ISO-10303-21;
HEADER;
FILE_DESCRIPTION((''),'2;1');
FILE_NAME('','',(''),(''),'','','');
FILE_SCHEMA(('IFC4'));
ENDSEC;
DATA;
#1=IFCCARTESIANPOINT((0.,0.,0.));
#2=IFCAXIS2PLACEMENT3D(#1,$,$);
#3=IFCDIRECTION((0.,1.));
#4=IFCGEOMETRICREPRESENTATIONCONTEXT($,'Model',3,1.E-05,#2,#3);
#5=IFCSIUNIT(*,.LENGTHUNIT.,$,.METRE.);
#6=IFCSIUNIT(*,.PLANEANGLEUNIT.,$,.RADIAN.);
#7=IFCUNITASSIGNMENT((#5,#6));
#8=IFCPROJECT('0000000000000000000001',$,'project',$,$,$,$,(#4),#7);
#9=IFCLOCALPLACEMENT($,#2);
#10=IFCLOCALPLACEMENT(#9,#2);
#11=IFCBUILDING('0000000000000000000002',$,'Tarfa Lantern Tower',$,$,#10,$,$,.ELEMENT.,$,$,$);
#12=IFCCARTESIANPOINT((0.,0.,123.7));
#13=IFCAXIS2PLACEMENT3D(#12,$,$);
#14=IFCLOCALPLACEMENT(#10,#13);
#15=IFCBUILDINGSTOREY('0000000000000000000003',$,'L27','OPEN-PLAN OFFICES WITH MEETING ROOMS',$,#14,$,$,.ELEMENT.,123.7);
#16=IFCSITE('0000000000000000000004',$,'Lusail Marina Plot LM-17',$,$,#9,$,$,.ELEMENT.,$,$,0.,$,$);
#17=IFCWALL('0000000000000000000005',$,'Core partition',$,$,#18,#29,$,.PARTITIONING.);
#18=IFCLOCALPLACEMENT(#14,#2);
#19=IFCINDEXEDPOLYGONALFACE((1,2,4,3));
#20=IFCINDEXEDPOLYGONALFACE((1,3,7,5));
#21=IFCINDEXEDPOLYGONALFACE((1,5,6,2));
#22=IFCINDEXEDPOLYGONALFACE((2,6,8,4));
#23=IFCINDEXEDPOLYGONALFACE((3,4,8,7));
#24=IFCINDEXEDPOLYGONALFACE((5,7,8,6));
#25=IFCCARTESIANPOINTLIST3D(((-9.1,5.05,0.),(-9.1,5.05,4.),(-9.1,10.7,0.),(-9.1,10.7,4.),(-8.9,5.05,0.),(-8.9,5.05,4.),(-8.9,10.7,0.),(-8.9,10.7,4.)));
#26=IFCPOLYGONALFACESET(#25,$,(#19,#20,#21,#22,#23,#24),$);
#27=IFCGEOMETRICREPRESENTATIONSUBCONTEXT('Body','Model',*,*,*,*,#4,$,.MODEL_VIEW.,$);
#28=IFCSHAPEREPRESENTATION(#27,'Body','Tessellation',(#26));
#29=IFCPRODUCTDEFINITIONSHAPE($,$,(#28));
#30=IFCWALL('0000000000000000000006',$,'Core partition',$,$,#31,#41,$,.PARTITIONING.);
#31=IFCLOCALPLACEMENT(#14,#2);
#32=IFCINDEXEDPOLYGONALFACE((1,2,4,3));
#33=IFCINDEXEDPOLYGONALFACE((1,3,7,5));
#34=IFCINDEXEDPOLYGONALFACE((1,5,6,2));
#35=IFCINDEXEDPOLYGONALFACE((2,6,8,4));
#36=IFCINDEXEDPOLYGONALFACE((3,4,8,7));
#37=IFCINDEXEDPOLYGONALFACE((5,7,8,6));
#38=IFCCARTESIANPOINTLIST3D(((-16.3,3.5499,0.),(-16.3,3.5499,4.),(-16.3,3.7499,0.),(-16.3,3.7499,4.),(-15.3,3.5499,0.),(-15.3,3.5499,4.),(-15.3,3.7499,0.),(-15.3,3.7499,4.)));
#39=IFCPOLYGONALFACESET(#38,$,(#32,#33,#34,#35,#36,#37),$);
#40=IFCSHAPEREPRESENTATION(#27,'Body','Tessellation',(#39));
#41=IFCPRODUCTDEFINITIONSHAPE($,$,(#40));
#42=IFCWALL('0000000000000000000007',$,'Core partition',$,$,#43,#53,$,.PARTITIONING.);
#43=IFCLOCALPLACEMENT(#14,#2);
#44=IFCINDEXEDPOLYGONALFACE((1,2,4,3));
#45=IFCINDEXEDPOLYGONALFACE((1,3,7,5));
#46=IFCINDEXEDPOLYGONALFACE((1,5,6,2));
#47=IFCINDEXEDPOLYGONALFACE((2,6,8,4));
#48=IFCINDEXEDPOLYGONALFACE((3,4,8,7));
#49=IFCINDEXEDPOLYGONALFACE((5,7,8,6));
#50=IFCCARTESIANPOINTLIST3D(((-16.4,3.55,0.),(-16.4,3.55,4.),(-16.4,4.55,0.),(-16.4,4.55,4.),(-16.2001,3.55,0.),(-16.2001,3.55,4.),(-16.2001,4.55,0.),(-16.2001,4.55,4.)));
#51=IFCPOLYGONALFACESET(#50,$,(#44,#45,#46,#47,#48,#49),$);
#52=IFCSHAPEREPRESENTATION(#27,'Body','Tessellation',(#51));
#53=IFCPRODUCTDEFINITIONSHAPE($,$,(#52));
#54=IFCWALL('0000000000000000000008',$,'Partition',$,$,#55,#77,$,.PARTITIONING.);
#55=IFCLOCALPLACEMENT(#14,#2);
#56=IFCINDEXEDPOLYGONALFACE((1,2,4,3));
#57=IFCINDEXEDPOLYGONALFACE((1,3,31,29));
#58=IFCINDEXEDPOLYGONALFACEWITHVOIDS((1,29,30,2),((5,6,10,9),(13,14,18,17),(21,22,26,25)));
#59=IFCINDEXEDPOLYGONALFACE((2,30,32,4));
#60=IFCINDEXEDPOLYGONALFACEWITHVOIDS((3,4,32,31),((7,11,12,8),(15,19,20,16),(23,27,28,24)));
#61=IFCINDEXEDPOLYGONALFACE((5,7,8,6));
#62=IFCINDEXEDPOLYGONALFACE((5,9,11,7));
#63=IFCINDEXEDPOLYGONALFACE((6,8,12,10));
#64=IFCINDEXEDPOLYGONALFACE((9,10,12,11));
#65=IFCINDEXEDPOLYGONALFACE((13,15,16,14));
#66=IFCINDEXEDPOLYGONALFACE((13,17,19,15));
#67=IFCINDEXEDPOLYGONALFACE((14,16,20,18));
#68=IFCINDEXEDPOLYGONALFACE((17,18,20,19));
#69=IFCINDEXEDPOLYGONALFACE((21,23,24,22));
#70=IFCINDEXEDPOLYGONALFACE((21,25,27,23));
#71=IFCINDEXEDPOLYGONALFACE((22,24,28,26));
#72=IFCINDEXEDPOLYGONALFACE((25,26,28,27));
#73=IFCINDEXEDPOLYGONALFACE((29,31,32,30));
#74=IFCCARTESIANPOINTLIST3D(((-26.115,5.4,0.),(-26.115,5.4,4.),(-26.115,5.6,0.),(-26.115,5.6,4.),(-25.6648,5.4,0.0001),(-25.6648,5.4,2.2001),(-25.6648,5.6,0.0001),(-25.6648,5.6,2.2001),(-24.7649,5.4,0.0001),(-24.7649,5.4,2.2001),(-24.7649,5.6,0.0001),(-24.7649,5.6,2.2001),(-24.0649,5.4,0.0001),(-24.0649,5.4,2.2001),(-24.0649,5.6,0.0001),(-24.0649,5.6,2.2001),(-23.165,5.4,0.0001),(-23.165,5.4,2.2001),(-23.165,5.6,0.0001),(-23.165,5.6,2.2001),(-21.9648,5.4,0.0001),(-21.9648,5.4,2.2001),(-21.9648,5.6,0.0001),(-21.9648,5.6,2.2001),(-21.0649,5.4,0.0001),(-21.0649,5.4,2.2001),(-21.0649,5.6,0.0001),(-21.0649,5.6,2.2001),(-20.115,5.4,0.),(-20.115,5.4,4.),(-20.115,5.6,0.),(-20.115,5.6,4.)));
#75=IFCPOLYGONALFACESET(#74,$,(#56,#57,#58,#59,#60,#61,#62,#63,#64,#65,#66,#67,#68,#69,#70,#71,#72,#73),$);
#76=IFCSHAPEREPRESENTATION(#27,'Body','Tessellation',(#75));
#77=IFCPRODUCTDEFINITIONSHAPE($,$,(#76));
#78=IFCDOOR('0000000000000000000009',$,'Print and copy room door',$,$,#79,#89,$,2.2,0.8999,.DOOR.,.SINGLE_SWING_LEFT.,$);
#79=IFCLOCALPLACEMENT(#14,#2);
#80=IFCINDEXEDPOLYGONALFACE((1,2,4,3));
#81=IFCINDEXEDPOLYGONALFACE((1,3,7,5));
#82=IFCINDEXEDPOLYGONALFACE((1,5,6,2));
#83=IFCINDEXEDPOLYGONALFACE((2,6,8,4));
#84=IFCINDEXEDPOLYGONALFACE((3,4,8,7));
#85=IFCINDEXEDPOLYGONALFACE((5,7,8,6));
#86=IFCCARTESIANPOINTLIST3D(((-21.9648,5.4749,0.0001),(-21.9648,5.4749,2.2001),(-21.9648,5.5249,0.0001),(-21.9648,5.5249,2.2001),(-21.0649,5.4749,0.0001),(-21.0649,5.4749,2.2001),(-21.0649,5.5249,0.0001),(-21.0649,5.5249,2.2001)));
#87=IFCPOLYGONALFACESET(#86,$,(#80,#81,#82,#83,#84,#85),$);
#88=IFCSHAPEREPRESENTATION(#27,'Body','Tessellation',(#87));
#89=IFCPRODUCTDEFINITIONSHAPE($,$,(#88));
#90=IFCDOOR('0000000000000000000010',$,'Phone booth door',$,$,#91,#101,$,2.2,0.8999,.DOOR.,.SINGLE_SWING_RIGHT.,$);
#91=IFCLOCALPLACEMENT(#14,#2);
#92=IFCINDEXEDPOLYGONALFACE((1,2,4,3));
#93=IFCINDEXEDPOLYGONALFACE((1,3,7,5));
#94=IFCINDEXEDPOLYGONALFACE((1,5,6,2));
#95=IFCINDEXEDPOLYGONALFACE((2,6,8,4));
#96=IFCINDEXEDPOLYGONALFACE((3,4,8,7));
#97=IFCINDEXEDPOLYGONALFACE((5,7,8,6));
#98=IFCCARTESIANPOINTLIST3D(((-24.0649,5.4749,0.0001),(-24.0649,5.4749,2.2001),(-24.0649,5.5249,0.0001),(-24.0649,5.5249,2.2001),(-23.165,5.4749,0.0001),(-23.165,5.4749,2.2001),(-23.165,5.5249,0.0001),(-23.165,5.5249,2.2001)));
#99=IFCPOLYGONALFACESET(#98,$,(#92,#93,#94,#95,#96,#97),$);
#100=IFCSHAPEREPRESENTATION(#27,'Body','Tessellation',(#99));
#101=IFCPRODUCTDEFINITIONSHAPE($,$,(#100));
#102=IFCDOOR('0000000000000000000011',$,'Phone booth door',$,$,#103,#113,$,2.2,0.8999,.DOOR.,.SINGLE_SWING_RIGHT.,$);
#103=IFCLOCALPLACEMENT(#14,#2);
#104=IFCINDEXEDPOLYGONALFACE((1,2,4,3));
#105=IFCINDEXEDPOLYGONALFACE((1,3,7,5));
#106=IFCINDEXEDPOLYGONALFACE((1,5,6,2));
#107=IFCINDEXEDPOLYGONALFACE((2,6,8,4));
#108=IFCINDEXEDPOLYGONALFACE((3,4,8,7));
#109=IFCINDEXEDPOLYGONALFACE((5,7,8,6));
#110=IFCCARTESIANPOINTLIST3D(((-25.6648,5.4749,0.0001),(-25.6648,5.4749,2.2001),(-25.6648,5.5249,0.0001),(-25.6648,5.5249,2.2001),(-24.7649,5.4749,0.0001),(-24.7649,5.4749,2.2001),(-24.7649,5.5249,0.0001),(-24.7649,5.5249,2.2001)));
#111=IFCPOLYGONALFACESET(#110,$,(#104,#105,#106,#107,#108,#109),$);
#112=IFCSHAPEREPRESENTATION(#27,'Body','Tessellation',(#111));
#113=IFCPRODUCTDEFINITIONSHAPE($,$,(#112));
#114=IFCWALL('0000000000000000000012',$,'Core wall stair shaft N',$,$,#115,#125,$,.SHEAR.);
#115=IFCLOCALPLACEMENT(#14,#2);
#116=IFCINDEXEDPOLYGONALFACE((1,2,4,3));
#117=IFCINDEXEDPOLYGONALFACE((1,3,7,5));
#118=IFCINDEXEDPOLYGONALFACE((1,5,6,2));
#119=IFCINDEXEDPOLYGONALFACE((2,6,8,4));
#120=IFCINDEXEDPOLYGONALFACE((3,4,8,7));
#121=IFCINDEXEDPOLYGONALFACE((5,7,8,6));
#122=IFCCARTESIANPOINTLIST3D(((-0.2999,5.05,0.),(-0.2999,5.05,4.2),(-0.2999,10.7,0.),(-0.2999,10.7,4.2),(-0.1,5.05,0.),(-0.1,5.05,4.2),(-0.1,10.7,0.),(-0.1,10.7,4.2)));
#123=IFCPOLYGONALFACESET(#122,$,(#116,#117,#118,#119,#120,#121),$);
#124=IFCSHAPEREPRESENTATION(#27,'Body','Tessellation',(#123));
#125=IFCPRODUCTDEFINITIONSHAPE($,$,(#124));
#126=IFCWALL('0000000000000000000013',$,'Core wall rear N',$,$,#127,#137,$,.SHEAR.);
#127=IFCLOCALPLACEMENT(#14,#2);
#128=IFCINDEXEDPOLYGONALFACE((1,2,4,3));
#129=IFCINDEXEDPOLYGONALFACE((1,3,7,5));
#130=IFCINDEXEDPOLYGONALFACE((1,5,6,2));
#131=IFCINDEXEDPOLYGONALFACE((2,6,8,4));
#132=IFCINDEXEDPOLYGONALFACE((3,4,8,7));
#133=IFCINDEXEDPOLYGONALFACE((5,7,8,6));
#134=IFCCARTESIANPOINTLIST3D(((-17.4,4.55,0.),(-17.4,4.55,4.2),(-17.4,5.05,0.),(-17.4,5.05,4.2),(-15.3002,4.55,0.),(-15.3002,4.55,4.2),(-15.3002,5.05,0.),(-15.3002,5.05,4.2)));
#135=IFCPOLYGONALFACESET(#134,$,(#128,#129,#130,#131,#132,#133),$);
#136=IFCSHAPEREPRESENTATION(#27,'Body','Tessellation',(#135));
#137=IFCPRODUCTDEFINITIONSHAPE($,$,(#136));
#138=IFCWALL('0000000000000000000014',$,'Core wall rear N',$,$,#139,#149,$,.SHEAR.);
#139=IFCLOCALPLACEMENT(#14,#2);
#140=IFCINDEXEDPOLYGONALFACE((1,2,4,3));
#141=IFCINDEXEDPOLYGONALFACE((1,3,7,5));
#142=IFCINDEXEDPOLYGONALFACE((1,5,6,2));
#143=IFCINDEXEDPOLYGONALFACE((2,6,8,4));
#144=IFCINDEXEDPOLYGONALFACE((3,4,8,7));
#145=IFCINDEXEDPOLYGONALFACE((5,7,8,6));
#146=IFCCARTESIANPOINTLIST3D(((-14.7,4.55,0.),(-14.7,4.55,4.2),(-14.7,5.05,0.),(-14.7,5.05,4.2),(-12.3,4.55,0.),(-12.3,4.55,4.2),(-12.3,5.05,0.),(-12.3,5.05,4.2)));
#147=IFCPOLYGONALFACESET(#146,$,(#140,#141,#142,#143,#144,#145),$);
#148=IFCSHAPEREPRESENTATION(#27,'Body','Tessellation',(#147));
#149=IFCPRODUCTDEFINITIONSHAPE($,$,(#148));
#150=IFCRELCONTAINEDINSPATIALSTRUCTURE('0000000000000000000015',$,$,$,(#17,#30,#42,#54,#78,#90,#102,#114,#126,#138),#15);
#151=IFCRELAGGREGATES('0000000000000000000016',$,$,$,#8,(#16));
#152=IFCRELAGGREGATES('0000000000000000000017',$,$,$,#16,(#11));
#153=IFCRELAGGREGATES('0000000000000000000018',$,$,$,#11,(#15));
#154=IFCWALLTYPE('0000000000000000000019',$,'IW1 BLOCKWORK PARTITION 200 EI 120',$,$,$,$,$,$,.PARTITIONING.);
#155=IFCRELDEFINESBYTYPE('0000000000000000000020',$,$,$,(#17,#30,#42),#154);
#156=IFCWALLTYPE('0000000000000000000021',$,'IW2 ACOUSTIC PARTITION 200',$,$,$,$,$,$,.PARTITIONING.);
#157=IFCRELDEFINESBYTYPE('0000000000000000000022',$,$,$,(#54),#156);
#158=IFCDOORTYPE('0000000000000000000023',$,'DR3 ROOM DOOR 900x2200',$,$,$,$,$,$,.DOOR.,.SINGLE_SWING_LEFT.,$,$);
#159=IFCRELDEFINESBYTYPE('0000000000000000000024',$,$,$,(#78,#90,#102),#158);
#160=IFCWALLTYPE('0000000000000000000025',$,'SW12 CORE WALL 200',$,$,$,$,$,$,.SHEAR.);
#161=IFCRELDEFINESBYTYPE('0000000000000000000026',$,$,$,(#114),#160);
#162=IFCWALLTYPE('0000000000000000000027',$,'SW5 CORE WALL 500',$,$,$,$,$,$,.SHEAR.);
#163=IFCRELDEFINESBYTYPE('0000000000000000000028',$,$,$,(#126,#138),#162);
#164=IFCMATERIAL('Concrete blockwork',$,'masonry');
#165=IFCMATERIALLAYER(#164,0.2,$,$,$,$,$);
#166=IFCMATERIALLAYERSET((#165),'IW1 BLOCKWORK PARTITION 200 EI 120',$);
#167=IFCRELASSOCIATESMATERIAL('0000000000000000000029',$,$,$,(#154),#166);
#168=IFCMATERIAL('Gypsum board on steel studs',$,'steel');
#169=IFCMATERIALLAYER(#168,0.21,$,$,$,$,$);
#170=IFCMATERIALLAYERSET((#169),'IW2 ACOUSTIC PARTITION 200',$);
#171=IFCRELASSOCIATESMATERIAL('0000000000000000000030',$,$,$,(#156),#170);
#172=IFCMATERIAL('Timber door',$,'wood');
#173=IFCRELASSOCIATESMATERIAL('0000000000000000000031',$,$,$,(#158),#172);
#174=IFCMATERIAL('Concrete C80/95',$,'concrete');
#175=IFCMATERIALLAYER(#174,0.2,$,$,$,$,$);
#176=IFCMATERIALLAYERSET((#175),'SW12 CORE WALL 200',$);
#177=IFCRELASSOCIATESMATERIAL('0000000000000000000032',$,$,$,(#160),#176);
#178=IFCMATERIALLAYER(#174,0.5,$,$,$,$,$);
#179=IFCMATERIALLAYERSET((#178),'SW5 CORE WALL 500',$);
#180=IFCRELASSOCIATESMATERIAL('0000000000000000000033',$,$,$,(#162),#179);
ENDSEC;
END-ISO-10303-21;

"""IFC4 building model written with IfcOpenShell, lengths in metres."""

from ifc_helpers import new_model, si_unit, direction, frame, frame_2d, origin, place, context, subcontext, project, spatial, rectangle, extrude, material, layer, layer_set, type_object, element, fill, save


model = new_model("IFC4")

# Units and contexts
model_context = context("Model", 3, precision=1e-05, world=origin(), true_north=direction((0.0, 1.0)))
body_context = subcontext(model_context, "Body", "Model", "MODEL_VIEW")
ifc_project = project(units=[si_unit("LENGTHUNIT", "METRE"), si_unit("PLANEANGLEUNIT", "RADIAN")], contexts=[model_context])

# Site, building, storey
site_placement = place(None, origin())
site = spatial("IfcSite", under=ifc_project, at=site_placement, Name="Lusail Marina Plot LM-17", CompositionType="ELEMENT", RefElevation=0.0)
building_placement = place(site_placement, origin())
building = spatial("IfcBuilding", under=site, at=building_placement, Name="Tarfa Lantern Tower", CompositionType="ELEMENT")
storey_placement = place(building_placement, frame((0.0, 0.0, 123.7)))
storey = spatial("IfcBuildingStorey", under=building, at=storey_placement, Name="L27", Description="OPEN-PLAN OFFICES WITH MEETING ROOMS", CompositionType="ELEMENT", Elevation=123.7)

# Walls
ifc_material_1 = material(Name="Concrete blockwork", Category="masonry")
ifc_layer_1 = layer(ifc_material_1, 0.2)
ifc_layer_set_1 = layer_set([ifc_layer_1], Name="IW1 BLOCKWORK PARTITION 200 EI 120")
wall_type_1 = type_object("IfcWallType", Name="IW1 BLOCKWORK PARTITION 200 EI 120", PredefinedType="PARTITIONING", material=ifc_layer_set_1)
wall_1_placement = place(storey_placement, frame((-9.0, 5.05, 0.0), z_axis=(0.0, 0.0, 1.0), x_axis=(0.0, 1.0, 0.0)))
element("IfcWall", 1, at=wall_1_placement, inside=storey, type_object=wall_type_1, Name="Core partition", PredefinedType="PARTITIONING", context=body_context, shape_type="SweptSolid", body=[
    extrude(rectangle(XDim=5.6499, YDim=0.2, at=frame_2d((2.825, 0.0))), origin(), (0.0, 0.0, 1.0), 4.0),
])
for number, where, z_axis, x_axis, name in (
    (2, (-16.3, 3.6499, 0.0), (0.0, 0.0, 1.0), (1.0, 0.0, 0.0), "Core partition"),
    (3, (-16.3, 3.55, 0.0), (0.0, 0.0, 1.0), (0.0, 1.0, 0.0), "Core partition"),
):
    element("IfcWall", number, at=place(storey_placement, frame(where, z_axis=z_axis, x_axis=x_axis)), inside=storey, type_object=wall_type_1, Name=name, PredefinedType="PARTITIONING", context=body_context, shape_type="SweptSolid", body=[
        extrude(rectangle(XDim=1.0, YDim=0.2, at=frame_2d((0.5, 0.0))), origin(), (0.0, 0.0, 1.0), 4.0),
    ])

# Wall, openings, doors
ifc_material_2 = material(Name="Gypsum board on steel studs", Category="steel")
ifc_layer_2 = layer(ifc_material_2, 0.21)
ifc_layer_set_2 = layer_set([ifc_layer_2], Name="IW2 ACOUSTIC PARTITION 200")
wall_type_2 = type_object("IfcWallType", Name="IW2 ACOUSTIC PARTITION 200", PredefinedType="PARTITIONING", material=ifc_layer_set_2)
wall_2_placement = place(storey_placement, frame((-20.115, 5.5, 0.0), z_axis=(0.0, 0.0, 1.0), x_axis=(-1.0, 0.0, 0.0)))
wall_2 = element("IfcWall", 4, at=wall_2_placement, inside=storey, type_object=wall_type_2, Name="Partition", PredefinedType="PARTITIONING", context=body_context, shape_type="SweptSolid", body=[
    extrude(rectangle(XDim=6.0, YDim=0.2, at=frame_2d((3.0, 0.0))), origin(), (0.0, 0.0, 1.0), 4.0),
])
opening_1_placement = place(wall_2_placement, frame((0.95, 0.0, 0.0)))
opening_1 = element("IfcOpeningElement", 5, at=opening_1_placement, cuts=wall_2, PredefinedType="OPENING", context=body_context, shape_type="SweptSolid", body=[
    extrude(rectangle(XDim=0.8999, YDim=2.2, at=frame_2d((0.45, 1.1001))), frame((0.0, 0.1099, 0.0), z_axis=(0.0, -1.0, 0.0), x_axis=(1.0, 0.0, 0.0)), (0.0, 0.0, 1.0), 0.22),
])
opening_2_placement = place(wall_2_placement, frame((3.05, 0.0, 0.0)))
opening_2 = element("IfcOpeningElement", 6, at=opening_2_placement, cuts=wall_2, PredefinedType="OPENING", context=body_context, shape_type="SweptSolid", body=[
    extrude(rectangle(XDim=0.8999, YDim=2.2, at=frame_2d((0.45, 1.1001))), frame((0.0, 0.1099, 0.0), z_axis=(0.0, -1.0, 0.0), x_axis=(1.0, 0.0, 0.0)), (0.0, 0.0, 1.0), 0.22),
])
opening_3_placement = place(wall_2_placement, frame((4.6499, 0.0, 0.0)))
opening_3 = element("IfcOpeningElement", 7, at=opening_3_placement, cuts=wall_2, PredefinedType="OPENING", context=body_context, shape_type="SweptSolid", body=[
    extrude(rectangle(XDim=0.8999, YDim=2.2, at=frame_2d((0.45, 1.1001))), frame((0.0, 0.1099, 0.0), z_axis=(0.0, -1.0, 0.0), x_axis=(1.0, 0.0, 0.0)), (0.0, 0.0, 1.0), 0.22),
])
ifc_material_3 = material(Name="Timber door", Category="wood")
door_type_1 = type_object("IfcDoorType", Name="DR3 ROOM DOOR 900x2200", OperationType="SINGLE_SWING_LEFT", PredefinedType="DOOR", material=ifc_material_3)
door_1_placement = place(opening_1_placement, frame((0.8999, 0.0, 0.0), z_axis=(0.0, 0.0, 1.0), x_axis=(-1.0, 0.0, 0.0)))
door_1 = element("IfcDoor", 8, at=door_1_placement, inside=storey, type_object=door_type_1, Name="Print and copy room door", OperationType="SINGLE_SWING_LEFT", OverallHeight=2.2, OverallWidth=0.8999, PredefinedType="DOOR", context=body_context, shape_type="SweptSolid", body=[
    extrude(rectangle(XDim=0.8999, YDim=2.2, at=frame_2d((0.45, 1.1001))), frame((0.0, 0.0249, 0.0), z_axis=(0.0, -1.0, 0.0), x_axis=(1.0, 0.0, 0.0)), (0.0, 0.0, 1.0), 0.05),
])
fill(opening_1, door_1)
door_2_placement = place(opening_2_placement, frame((0.8999, 0.0, 0.0), z_axis=(0.0, 0.0, 1.0), x_axis=(-1.0, 0.0, 0.0)))
door_2 = element("IfcDoor", 9, at=door_2_placement, inside=storey, type_object=door_type_1, Name="Phone booth door", OperationType="SINGLE_SWING_RIGHT", OverallHeight=2.2, OverallWidth=0.8999, PredefinedType="DOOR", context=body_context, shape_type="SweptSolid", body=[
    extrude(rectangle(XDim=0.8999, YDim=2.2, at=frame_2d((0.45, 1.1001))), frame((0.0, 0.0249, 0.0), z_axis=(0.0, -1.0, 0.0), x_axis=(1.0, 0.0, 0.0)), (0.0, 0.0, 1.0), 0.05),
])
fill(opening_2, door_2)
door_3_placement = place(opening_3_placement, frame((0.8999, 0.0, 0.0), z_axis=(0.0, 0.0, 1.0), x_axis=(-1.0, 0.0, 0.0)))
door_3 = element("IfcDoor", 10, at=door_3_placement, inside=storey, type_object=door_type_1, Name="Phone booth door", OperationType="SINGLE_SWING_RIGHT", OverallHeight=2.2, OverallWidth=0.8999, PredefinedType="DOOR", context=body_context, shape_type="SweptSolid", body=[
    extrude(rectangle(XDim=0.8999, YDim=2.2, at=frame_2d((0.45, 1.1001))), frame((0.0, 0.0249, 0.0), z_axis=(0.0, -1.0, 0.0), x_axis=(1.0, 0.0, 0.0)), (0.0, 0.0, 1.0), 0.05),
])
fill(opening_3, door_3)

# Walls
ifc_material_4 = material(Name="Concrete C80/95", Category="concrete")
ifc_layer_3 = layer(ifc_material_4, 0.2)
ifc_layer_set_3 = layer_set([ifc_layer_3], Name="SW12 CORE WALL 200")
wall_type_3 = type_object("IfcWallType", Name="SW12 CORE WALL 200", PredefinedType="SHEAR", material=ifc_layer_set_3)
wall_3_placement = place(storey_placement, frame((-0.2, 5.05, 0.0), z_axis=(0.0, 0.0, 1.0), x_axis=(0.0, 1.0, 0.0)))
element("IfcWall", 11, at=wall_3_placement, inside=storey, type_object=wall_type_3, Name="Core wall stair shaft N", PredefinedType="SHEAR", context=body_context, shape_type="SweptSolid", body=[
    extrude(rectangle(XDim=5.6499, YDim=0.2, at=frame_2d((2.825, 0.0))), origin(), (0.0, 0.0, 1.0), 4.2),
])
ifc_layer_4 = layer(ifc_material_4, 0.5)
ifc_layer_set_4 = layer_set([ifc_layer_4], Name="SW5 CORE WALL 500")
wall_type_4 = type_object("IfcWallType", Name="SW5 CORE WALL 500", PredefinedType="SHEAR", material=ifc_layer_set_4)
wall_4_placement = place(storey_placement, frame((-17.3999, 4.8, 0.0), z_axis=(0.0, 0.0, 1.0), x_axis=(1.0, 0.0, 0.0)))
element("IfcWall", 12, at=wall_4_placement, inside=storey, type_object=wall_type_4, Name="Core wall rear N", PredefinedType="SHEAR", context=body_context, shape_type="SweptSolid", body=[
    extrude(rectangle(XDim=2.0999, YDim=0.5, at=frame_2d((1.0498, 0.0))), origin(), (0.0, 0.0, 1.0), 4.2),
])
wall_5_placement = place(storey_placement, frame((-14.7, 4.8, 0.0), z_axis=(0.0, 0.0, 1.0), x_axis=(1.0, 0.0, 0.0)))
element("IfcWall", 13, at=wall_5_placement, inside=storey, type_object=wall_type_4, Name="Core wall rear N", PredefinedType="SHEAR", context=body_context, shape_type="SweptSolid", body=[
    extrude(rectangle(XDim=2.3999, YDim=0.5, at=frame_2d((1.2, 0.0))), origin(), (0.0, 0.0, 1.0), 4.2),
])

save(model, "model.ifc")
